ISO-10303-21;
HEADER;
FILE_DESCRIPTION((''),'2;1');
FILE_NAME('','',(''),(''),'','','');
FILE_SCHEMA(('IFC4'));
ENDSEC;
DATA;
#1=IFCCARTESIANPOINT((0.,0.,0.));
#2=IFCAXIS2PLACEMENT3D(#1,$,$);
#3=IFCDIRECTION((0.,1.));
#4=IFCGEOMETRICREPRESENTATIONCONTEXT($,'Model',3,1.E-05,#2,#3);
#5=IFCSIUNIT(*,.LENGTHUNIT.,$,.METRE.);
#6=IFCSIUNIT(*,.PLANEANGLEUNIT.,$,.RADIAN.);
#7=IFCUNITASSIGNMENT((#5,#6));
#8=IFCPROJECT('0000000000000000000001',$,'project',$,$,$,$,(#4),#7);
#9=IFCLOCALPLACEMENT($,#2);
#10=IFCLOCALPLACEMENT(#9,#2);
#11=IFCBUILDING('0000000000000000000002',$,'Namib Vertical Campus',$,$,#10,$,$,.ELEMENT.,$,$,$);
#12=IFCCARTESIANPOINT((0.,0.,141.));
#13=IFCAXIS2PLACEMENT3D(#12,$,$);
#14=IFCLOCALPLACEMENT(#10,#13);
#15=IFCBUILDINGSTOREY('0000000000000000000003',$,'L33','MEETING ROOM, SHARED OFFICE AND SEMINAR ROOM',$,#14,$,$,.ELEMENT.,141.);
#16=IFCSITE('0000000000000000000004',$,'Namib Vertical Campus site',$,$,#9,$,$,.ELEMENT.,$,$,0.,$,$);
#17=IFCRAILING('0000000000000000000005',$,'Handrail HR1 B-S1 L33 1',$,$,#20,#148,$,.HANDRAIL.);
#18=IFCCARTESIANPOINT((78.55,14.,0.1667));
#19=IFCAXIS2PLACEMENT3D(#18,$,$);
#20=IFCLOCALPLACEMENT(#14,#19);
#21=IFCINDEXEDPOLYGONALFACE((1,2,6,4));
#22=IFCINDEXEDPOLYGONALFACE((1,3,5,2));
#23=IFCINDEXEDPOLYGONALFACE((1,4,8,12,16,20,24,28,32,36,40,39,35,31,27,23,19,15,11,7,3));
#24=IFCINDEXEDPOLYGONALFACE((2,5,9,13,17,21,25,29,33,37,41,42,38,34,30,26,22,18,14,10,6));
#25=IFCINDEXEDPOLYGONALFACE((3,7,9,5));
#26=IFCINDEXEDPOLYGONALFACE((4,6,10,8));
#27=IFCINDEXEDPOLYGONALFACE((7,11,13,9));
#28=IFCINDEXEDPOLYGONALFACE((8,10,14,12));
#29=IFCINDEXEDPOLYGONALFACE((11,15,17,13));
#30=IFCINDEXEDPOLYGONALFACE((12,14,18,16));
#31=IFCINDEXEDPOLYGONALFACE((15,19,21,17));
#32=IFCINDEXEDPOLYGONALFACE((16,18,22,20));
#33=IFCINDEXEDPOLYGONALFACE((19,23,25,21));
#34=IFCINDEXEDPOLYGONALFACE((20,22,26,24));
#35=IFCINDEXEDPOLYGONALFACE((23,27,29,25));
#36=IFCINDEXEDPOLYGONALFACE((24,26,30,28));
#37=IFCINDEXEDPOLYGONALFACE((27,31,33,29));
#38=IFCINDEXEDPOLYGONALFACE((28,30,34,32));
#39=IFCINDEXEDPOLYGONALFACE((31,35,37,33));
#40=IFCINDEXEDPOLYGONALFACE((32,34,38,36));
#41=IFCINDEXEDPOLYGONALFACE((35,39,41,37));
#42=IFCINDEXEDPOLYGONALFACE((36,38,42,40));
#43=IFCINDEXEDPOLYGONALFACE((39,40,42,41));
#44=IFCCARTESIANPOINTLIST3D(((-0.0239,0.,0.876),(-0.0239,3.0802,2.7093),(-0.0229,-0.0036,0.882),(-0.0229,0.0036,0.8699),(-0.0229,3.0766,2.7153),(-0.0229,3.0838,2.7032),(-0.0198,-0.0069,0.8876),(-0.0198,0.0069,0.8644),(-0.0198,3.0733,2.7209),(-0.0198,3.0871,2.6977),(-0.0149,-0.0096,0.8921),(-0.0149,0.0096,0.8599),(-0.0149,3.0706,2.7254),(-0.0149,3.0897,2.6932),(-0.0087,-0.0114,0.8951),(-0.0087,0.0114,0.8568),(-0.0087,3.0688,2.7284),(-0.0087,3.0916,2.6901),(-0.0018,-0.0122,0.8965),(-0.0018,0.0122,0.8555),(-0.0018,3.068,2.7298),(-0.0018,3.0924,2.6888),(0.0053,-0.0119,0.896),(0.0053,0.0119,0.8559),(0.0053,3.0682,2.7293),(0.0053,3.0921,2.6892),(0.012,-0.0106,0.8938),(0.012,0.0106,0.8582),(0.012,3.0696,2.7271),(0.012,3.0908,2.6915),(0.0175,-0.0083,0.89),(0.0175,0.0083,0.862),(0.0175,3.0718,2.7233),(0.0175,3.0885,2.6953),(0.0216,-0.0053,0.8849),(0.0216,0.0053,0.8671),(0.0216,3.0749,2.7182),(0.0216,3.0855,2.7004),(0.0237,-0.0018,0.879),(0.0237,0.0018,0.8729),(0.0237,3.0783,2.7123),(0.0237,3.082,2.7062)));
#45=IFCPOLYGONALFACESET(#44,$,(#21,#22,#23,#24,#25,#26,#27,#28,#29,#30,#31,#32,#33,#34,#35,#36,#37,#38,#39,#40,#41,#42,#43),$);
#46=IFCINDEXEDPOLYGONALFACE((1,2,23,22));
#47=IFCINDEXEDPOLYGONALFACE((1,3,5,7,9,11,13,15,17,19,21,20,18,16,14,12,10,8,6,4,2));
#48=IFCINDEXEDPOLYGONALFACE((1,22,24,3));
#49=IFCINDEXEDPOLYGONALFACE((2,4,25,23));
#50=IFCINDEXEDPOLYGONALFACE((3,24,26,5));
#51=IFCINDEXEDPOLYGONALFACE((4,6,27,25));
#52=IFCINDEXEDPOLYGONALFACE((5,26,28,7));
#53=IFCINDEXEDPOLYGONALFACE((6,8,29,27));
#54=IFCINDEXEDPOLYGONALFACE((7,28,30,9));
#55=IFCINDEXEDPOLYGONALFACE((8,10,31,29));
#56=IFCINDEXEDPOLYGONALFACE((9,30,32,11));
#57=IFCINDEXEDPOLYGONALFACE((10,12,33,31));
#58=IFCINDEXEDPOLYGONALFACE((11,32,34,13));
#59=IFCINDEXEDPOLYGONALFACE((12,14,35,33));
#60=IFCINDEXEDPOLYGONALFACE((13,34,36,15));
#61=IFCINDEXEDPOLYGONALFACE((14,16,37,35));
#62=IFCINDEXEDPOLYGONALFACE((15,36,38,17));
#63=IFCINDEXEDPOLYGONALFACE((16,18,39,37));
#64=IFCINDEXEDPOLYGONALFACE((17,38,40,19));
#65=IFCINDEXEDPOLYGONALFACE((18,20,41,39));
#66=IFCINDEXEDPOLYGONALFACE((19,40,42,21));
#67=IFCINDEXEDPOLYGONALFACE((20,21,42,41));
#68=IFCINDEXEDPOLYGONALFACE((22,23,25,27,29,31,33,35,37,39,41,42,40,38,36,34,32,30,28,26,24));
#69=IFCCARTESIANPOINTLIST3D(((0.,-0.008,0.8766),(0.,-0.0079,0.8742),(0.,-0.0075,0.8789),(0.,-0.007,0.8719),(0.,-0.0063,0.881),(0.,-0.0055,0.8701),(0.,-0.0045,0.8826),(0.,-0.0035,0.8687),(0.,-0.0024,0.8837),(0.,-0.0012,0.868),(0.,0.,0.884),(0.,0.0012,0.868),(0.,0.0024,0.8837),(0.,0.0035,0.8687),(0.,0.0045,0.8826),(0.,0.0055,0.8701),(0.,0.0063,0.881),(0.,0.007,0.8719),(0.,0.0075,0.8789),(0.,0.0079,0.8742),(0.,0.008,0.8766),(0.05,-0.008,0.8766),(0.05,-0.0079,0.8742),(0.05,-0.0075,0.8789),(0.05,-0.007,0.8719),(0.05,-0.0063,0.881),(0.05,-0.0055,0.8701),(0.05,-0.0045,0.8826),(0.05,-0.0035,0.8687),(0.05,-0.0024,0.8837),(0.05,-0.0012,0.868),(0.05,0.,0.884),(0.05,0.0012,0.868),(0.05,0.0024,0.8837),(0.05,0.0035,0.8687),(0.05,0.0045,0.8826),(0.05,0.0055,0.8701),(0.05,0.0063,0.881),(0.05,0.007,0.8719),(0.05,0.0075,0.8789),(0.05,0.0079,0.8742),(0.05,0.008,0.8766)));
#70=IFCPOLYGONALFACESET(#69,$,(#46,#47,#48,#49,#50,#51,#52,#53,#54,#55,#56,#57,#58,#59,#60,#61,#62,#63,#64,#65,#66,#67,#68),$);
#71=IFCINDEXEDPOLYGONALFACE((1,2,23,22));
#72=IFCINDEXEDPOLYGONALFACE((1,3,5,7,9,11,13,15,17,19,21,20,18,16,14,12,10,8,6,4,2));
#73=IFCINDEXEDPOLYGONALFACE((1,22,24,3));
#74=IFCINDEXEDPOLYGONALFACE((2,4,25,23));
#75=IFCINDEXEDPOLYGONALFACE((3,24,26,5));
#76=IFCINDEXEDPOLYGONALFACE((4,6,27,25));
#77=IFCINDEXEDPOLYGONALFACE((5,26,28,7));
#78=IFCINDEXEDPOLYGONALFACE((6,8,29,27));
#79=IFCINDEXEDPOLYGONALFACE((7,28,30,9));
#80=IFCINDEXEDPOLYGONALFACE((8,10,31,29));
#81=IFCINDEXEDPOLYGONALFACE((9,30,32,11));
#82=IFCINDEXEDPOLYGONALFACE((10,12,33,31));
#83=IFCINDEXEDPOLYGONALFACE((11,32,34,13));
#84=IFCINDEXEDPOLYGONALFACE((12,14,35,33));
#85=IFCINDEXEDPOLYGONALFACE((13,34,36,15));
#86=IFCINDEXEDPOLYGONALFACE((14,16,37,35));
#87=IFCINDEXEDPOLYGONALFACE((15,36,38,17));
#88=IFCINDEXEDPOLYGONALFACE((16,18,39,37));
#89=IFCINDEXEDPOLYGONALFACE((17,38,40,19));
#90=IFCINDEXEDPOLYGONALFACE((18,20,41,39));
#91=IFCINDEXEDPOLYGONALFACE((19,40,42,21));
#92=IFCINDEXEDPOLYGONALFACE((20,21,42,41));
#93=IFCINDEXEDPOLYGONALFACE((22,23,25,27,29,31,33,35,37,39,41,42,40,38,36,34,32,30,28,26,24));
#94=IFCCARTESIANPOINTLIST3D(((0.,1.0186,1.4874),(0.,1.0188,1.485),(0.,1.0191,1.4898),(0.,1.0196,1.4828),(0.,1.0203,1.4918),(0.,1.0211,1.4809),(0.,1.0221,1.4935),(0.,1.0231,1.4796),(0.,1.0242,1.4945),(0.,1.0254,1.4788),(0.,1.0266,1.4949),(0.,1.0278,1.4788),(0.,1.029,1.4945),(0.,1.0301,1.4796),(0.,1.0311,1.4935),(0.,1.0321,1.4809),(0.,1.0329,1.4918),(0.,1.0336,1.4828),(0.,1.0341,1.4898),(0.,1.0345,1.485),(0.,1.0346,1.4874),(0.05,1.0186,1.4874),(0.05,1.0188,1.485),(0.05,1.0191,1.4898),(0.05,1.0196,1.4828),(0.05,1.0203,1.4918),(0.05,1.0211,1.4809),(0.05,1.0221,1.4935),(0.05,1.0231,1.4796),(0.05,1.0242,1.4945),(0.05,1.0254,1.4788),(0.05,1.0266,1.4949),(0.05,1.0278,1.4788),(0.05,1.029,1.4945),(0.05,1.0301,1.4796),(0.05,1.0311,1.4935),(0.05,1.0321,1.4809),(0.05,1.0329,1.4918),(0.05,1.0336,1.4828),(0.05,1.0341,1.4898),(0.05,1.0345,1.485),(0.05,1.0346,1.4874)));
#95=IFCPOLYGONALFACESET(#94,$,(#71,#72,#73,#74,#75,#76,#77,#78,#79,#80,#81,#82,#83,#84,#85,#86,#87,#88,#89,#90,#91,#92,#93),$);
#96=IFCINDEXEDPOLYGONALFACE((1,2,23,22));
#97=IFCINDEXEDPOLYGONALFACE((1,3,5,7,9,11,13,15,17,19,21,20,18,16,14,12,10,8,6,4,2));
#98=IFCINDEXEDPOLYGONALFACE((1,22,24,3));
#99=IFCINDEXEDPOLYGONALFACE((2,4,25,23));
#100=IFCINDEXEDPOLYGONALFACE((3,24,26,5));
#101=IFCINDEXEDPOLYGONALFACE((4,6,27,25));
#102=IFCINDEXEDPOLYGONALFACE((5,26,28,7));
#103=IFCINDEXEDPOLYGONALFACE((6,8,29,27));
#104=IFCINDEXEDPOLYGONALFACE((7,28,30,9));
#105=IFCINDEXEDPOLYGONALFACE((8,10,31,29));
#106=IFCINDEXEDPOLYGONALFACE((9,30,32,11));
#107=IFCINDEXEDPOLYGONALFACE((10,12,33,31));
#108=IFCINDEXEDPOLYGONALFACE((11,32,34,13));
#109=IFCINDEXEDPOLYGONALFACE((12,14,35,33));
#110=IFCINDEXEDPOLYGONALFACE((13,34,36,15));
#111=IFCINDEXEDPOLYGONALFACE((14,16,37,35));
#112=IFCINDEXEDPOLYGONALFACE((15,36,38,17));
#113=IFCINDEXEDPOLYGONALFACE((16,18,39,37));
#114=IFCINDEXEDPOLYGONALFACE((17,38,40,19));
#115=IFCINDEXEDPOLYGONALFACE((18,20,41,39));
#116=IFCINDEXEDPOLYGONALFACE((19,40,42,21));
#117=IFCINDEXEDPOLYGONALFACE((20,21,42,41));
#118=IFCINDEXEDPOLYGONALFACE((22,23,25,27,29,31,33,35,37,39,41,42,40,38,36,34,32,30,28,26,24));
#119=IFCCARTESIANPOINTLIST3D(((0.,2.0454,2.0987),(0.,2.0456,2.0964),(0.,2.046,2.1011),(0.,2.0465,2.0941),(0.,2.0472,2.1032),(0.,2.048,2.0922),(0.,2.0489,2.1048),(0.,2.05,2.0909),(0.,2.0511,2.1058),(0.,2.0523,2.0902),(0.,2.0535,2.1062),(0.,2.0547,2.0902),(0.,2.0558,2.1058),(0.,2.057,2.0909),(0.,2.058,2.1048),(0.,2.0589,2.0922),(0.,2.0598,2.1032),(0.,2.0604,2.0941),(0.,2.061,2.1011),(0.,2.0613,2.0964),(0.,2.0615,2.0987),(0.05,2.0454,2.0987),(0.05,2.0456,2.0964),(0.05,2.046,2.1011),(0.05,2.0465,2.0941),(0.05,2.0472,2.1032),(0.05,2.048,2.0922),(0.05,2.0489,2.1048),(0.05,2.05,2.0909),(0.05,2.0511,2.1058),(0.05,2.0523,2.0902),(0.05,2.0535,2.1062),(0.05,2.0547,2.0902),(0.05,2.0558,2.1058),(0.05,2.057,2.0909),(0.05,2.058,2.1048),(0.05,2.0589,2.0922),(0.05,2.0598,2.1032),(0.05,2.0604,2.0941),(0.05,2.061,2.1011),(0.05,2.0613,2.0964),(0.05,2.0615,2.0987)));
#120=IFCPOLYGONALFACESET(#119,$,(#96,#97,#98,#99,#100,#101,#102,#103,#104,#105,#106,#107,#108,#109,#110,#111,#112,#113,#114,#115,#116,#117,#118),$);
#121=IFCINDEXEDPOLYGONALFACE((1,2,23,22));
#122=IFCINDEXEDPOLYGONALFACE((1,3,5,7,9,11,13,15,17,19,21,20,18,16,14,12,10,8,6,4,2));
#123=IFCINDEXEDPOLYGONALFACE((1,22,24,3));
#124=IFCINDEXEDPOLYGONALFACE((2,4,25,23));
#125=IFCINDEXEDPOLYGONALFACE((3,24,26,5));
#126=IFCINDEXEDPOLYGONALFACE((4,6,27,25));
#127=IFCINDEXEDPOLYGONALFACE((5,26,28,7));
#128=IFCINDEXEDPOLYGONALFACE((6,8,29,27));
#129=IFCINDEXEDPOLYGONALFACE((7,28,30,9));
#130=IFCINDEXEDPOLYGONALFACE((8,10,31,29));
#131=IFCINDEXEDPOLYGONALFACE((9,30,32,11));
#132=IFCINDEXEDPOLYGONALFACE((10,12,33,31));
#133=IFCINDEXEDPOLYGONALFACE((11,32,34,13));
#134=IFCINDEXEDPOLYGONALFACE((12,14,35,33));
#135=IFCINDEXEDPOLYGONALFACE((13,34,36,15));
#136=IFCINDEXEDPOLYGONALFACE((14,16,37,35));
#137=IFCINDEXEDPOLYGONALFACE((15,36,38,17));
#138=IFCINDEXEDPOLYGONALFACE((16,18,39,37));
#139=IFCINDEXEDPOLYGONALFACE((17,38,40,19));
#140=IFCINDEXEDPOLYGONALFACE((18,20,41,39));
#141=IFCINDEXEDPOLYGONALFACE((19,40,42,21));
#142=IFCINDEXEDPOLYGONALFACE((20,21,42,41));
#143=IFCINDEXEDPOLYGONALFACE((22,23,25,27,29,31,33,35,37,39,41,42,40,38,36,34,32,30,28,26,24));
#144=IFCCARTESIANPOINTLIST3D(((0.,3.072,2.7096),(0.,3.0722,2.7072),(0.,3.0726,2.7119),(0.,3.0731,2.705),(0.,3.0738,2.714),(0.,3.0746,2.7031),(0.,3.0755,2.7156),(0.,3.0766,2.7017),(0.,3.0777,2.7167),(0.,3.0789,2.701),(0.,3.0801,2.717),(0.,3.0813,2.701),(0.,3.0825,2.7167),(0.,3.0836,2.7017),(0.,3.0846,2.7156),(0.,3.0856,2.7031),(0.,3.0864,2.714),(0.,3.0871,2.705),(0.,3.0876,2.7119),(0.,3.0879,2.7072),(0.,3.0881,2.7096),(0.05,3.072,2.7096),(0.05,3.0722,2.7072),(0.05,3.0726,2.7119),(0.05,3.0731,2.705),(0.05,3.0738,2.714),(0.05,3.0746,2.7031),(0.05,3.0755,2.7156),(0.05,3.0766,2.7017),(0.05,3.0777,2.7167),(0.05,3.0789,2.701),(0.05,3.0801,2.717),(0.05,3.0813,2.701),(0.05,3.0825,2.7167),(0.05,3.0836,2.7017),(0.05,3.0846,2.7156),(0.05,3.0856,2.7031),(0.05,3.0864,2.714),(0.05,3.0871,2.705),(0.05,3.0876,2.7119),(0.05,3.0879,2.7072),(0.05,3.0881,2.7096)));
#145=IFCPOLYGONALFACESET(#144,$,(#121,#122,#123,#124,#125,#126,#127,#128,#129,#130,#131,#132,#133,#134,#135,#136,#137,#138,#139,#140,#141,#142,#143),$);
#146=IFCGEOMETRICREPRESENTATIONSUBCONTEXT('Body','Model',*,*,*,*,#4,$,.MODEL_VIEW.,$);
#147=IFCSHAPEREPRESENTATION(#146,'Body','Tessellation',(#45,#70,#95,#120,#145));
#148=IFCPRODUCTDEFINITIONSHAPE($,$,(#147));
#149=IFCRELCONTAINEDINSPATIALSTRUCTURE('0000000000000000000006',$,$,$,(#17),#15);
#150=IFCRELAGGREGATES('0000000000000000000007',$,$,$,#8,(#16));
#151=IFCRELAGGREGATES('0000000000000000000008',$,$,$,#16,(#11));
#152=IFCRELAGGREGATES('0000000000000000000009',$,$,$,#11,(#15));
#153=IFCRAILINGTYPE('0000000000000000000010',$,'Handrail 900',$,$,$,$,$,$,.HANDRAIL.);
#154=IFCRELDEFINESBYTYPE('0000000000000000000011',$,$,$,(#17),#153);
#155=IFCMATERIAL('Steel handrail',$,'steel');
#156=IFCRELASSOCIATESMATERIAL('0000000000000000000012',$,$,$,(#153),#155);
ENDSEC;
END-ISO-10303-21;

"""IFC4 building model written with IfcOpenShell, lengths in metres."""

from ifc_helpers import new_model, si_unit, direction, frame, origin, origin_2d, place, context, subcontext, project, spatial, circle, extrude, material, type_object, element, save


model = new_model("IFC4")

# Units and contexts
model_context = context("Model", 3, precision=1e-05, world=origin(), true_north=direction((0.0, 1.0)))
body_context = subcontext(model_context, "Body", "Model", "MODEL_VIEW")
ifc_project = project(units=[si_unit("LENGTHUNIT", "METRE"), si_unit("PLANEANGLEUNIT", "RADIAN")], contexts=[model_context])

# Site, building, storey
site_placement = place(None, origin())
site = spatial("IfcSite", under=ifc_project, at=site_placement, Name="Namib Vertical Campus site", CompositionType="ELEMENT", RefElevation=0.0)
building_placement = place(site_placement, origin())
building = spatial("IfcBuilding", under=site, at=building_placement, Name="Namib Vertical Campus", CompositionType="ELEMENT")
storey_placement = place(building_placement, frame((0.0, 0.0, 141.0)))
storey = spatial("IfcBuildingStorey", under=building, at=storey_placement, Name="L33", Description="MEETING ROOM, SHARED OFFICE AND SEMINAR ROOM", CompositionType="ELEMENT", Elevation=141.0)

# Railing
ifc_material_1 = material(Name="Steel handrail", Category="steel")
railing_type_1 = type_object("IfcRailingType", Name="Handrail 900", PredefinedType="HANDRAIL", material=ifc_material_1)
railing_1_placement = place(storey_placement, frame((78.55, 14.0, 0.1667)))
element("IfcRailing", 1, at=railing_1_placement, inside=storey, type_object=railing_type_1, Name="Handrail HR1 B-S1 L33 1", PredefinedType="HANDRAIL", context=body_context, shape_type="SweptSolid", body=[
    extrude(circle(Radius=0.0239, at=origin_2d()), frame((0.0, 0.0, 0.876), z_axis=(0.0, 0.859309, 0.511458), x_axis=(-1.0, 0.0, 0.0)), (0.0, 0.0, 1.0), 3.5845),
    extrude(circle(Radius=0.0081, at=origin_2d()), frame((0.0, 0.0, 0.876), z_axis=(1.0, 0.0, 0.0), x_axis=(0.0, 0.0, 1.0)), (0.0, 0.0, 1.0), 0.05),
    extrude(circle(Radius=0.0081, at=origin_2d()), frame((0.0, 1.0266, 1.4868), z_axis=(1.0, 0.0, 0.0), x_axis=(0.0, 0.0, 1.0)), (0.0, 0.0, 1.0), 0.05),
    extrude(circle(Radius=0.0081, at=origin_2d()), frame((0.0, 2.0535, 2.0981), z_axis=(1.0, 0.0, 0.0), x_axis=(0.0, 0.0, 1.0)), (0.0, 0.0, 1.0), 0.05),
    extrude(circle(Radius=0.0081, at=origin_2d()), frame((0.0, 3.0801, 2.709), z_axis=(1.0, 0.0, 0.0), x_axis=(0.0, 0.0, 1.0)), (0.0, 0.0, 1.0), 0.05),
])

save(model, "model.ifc")
